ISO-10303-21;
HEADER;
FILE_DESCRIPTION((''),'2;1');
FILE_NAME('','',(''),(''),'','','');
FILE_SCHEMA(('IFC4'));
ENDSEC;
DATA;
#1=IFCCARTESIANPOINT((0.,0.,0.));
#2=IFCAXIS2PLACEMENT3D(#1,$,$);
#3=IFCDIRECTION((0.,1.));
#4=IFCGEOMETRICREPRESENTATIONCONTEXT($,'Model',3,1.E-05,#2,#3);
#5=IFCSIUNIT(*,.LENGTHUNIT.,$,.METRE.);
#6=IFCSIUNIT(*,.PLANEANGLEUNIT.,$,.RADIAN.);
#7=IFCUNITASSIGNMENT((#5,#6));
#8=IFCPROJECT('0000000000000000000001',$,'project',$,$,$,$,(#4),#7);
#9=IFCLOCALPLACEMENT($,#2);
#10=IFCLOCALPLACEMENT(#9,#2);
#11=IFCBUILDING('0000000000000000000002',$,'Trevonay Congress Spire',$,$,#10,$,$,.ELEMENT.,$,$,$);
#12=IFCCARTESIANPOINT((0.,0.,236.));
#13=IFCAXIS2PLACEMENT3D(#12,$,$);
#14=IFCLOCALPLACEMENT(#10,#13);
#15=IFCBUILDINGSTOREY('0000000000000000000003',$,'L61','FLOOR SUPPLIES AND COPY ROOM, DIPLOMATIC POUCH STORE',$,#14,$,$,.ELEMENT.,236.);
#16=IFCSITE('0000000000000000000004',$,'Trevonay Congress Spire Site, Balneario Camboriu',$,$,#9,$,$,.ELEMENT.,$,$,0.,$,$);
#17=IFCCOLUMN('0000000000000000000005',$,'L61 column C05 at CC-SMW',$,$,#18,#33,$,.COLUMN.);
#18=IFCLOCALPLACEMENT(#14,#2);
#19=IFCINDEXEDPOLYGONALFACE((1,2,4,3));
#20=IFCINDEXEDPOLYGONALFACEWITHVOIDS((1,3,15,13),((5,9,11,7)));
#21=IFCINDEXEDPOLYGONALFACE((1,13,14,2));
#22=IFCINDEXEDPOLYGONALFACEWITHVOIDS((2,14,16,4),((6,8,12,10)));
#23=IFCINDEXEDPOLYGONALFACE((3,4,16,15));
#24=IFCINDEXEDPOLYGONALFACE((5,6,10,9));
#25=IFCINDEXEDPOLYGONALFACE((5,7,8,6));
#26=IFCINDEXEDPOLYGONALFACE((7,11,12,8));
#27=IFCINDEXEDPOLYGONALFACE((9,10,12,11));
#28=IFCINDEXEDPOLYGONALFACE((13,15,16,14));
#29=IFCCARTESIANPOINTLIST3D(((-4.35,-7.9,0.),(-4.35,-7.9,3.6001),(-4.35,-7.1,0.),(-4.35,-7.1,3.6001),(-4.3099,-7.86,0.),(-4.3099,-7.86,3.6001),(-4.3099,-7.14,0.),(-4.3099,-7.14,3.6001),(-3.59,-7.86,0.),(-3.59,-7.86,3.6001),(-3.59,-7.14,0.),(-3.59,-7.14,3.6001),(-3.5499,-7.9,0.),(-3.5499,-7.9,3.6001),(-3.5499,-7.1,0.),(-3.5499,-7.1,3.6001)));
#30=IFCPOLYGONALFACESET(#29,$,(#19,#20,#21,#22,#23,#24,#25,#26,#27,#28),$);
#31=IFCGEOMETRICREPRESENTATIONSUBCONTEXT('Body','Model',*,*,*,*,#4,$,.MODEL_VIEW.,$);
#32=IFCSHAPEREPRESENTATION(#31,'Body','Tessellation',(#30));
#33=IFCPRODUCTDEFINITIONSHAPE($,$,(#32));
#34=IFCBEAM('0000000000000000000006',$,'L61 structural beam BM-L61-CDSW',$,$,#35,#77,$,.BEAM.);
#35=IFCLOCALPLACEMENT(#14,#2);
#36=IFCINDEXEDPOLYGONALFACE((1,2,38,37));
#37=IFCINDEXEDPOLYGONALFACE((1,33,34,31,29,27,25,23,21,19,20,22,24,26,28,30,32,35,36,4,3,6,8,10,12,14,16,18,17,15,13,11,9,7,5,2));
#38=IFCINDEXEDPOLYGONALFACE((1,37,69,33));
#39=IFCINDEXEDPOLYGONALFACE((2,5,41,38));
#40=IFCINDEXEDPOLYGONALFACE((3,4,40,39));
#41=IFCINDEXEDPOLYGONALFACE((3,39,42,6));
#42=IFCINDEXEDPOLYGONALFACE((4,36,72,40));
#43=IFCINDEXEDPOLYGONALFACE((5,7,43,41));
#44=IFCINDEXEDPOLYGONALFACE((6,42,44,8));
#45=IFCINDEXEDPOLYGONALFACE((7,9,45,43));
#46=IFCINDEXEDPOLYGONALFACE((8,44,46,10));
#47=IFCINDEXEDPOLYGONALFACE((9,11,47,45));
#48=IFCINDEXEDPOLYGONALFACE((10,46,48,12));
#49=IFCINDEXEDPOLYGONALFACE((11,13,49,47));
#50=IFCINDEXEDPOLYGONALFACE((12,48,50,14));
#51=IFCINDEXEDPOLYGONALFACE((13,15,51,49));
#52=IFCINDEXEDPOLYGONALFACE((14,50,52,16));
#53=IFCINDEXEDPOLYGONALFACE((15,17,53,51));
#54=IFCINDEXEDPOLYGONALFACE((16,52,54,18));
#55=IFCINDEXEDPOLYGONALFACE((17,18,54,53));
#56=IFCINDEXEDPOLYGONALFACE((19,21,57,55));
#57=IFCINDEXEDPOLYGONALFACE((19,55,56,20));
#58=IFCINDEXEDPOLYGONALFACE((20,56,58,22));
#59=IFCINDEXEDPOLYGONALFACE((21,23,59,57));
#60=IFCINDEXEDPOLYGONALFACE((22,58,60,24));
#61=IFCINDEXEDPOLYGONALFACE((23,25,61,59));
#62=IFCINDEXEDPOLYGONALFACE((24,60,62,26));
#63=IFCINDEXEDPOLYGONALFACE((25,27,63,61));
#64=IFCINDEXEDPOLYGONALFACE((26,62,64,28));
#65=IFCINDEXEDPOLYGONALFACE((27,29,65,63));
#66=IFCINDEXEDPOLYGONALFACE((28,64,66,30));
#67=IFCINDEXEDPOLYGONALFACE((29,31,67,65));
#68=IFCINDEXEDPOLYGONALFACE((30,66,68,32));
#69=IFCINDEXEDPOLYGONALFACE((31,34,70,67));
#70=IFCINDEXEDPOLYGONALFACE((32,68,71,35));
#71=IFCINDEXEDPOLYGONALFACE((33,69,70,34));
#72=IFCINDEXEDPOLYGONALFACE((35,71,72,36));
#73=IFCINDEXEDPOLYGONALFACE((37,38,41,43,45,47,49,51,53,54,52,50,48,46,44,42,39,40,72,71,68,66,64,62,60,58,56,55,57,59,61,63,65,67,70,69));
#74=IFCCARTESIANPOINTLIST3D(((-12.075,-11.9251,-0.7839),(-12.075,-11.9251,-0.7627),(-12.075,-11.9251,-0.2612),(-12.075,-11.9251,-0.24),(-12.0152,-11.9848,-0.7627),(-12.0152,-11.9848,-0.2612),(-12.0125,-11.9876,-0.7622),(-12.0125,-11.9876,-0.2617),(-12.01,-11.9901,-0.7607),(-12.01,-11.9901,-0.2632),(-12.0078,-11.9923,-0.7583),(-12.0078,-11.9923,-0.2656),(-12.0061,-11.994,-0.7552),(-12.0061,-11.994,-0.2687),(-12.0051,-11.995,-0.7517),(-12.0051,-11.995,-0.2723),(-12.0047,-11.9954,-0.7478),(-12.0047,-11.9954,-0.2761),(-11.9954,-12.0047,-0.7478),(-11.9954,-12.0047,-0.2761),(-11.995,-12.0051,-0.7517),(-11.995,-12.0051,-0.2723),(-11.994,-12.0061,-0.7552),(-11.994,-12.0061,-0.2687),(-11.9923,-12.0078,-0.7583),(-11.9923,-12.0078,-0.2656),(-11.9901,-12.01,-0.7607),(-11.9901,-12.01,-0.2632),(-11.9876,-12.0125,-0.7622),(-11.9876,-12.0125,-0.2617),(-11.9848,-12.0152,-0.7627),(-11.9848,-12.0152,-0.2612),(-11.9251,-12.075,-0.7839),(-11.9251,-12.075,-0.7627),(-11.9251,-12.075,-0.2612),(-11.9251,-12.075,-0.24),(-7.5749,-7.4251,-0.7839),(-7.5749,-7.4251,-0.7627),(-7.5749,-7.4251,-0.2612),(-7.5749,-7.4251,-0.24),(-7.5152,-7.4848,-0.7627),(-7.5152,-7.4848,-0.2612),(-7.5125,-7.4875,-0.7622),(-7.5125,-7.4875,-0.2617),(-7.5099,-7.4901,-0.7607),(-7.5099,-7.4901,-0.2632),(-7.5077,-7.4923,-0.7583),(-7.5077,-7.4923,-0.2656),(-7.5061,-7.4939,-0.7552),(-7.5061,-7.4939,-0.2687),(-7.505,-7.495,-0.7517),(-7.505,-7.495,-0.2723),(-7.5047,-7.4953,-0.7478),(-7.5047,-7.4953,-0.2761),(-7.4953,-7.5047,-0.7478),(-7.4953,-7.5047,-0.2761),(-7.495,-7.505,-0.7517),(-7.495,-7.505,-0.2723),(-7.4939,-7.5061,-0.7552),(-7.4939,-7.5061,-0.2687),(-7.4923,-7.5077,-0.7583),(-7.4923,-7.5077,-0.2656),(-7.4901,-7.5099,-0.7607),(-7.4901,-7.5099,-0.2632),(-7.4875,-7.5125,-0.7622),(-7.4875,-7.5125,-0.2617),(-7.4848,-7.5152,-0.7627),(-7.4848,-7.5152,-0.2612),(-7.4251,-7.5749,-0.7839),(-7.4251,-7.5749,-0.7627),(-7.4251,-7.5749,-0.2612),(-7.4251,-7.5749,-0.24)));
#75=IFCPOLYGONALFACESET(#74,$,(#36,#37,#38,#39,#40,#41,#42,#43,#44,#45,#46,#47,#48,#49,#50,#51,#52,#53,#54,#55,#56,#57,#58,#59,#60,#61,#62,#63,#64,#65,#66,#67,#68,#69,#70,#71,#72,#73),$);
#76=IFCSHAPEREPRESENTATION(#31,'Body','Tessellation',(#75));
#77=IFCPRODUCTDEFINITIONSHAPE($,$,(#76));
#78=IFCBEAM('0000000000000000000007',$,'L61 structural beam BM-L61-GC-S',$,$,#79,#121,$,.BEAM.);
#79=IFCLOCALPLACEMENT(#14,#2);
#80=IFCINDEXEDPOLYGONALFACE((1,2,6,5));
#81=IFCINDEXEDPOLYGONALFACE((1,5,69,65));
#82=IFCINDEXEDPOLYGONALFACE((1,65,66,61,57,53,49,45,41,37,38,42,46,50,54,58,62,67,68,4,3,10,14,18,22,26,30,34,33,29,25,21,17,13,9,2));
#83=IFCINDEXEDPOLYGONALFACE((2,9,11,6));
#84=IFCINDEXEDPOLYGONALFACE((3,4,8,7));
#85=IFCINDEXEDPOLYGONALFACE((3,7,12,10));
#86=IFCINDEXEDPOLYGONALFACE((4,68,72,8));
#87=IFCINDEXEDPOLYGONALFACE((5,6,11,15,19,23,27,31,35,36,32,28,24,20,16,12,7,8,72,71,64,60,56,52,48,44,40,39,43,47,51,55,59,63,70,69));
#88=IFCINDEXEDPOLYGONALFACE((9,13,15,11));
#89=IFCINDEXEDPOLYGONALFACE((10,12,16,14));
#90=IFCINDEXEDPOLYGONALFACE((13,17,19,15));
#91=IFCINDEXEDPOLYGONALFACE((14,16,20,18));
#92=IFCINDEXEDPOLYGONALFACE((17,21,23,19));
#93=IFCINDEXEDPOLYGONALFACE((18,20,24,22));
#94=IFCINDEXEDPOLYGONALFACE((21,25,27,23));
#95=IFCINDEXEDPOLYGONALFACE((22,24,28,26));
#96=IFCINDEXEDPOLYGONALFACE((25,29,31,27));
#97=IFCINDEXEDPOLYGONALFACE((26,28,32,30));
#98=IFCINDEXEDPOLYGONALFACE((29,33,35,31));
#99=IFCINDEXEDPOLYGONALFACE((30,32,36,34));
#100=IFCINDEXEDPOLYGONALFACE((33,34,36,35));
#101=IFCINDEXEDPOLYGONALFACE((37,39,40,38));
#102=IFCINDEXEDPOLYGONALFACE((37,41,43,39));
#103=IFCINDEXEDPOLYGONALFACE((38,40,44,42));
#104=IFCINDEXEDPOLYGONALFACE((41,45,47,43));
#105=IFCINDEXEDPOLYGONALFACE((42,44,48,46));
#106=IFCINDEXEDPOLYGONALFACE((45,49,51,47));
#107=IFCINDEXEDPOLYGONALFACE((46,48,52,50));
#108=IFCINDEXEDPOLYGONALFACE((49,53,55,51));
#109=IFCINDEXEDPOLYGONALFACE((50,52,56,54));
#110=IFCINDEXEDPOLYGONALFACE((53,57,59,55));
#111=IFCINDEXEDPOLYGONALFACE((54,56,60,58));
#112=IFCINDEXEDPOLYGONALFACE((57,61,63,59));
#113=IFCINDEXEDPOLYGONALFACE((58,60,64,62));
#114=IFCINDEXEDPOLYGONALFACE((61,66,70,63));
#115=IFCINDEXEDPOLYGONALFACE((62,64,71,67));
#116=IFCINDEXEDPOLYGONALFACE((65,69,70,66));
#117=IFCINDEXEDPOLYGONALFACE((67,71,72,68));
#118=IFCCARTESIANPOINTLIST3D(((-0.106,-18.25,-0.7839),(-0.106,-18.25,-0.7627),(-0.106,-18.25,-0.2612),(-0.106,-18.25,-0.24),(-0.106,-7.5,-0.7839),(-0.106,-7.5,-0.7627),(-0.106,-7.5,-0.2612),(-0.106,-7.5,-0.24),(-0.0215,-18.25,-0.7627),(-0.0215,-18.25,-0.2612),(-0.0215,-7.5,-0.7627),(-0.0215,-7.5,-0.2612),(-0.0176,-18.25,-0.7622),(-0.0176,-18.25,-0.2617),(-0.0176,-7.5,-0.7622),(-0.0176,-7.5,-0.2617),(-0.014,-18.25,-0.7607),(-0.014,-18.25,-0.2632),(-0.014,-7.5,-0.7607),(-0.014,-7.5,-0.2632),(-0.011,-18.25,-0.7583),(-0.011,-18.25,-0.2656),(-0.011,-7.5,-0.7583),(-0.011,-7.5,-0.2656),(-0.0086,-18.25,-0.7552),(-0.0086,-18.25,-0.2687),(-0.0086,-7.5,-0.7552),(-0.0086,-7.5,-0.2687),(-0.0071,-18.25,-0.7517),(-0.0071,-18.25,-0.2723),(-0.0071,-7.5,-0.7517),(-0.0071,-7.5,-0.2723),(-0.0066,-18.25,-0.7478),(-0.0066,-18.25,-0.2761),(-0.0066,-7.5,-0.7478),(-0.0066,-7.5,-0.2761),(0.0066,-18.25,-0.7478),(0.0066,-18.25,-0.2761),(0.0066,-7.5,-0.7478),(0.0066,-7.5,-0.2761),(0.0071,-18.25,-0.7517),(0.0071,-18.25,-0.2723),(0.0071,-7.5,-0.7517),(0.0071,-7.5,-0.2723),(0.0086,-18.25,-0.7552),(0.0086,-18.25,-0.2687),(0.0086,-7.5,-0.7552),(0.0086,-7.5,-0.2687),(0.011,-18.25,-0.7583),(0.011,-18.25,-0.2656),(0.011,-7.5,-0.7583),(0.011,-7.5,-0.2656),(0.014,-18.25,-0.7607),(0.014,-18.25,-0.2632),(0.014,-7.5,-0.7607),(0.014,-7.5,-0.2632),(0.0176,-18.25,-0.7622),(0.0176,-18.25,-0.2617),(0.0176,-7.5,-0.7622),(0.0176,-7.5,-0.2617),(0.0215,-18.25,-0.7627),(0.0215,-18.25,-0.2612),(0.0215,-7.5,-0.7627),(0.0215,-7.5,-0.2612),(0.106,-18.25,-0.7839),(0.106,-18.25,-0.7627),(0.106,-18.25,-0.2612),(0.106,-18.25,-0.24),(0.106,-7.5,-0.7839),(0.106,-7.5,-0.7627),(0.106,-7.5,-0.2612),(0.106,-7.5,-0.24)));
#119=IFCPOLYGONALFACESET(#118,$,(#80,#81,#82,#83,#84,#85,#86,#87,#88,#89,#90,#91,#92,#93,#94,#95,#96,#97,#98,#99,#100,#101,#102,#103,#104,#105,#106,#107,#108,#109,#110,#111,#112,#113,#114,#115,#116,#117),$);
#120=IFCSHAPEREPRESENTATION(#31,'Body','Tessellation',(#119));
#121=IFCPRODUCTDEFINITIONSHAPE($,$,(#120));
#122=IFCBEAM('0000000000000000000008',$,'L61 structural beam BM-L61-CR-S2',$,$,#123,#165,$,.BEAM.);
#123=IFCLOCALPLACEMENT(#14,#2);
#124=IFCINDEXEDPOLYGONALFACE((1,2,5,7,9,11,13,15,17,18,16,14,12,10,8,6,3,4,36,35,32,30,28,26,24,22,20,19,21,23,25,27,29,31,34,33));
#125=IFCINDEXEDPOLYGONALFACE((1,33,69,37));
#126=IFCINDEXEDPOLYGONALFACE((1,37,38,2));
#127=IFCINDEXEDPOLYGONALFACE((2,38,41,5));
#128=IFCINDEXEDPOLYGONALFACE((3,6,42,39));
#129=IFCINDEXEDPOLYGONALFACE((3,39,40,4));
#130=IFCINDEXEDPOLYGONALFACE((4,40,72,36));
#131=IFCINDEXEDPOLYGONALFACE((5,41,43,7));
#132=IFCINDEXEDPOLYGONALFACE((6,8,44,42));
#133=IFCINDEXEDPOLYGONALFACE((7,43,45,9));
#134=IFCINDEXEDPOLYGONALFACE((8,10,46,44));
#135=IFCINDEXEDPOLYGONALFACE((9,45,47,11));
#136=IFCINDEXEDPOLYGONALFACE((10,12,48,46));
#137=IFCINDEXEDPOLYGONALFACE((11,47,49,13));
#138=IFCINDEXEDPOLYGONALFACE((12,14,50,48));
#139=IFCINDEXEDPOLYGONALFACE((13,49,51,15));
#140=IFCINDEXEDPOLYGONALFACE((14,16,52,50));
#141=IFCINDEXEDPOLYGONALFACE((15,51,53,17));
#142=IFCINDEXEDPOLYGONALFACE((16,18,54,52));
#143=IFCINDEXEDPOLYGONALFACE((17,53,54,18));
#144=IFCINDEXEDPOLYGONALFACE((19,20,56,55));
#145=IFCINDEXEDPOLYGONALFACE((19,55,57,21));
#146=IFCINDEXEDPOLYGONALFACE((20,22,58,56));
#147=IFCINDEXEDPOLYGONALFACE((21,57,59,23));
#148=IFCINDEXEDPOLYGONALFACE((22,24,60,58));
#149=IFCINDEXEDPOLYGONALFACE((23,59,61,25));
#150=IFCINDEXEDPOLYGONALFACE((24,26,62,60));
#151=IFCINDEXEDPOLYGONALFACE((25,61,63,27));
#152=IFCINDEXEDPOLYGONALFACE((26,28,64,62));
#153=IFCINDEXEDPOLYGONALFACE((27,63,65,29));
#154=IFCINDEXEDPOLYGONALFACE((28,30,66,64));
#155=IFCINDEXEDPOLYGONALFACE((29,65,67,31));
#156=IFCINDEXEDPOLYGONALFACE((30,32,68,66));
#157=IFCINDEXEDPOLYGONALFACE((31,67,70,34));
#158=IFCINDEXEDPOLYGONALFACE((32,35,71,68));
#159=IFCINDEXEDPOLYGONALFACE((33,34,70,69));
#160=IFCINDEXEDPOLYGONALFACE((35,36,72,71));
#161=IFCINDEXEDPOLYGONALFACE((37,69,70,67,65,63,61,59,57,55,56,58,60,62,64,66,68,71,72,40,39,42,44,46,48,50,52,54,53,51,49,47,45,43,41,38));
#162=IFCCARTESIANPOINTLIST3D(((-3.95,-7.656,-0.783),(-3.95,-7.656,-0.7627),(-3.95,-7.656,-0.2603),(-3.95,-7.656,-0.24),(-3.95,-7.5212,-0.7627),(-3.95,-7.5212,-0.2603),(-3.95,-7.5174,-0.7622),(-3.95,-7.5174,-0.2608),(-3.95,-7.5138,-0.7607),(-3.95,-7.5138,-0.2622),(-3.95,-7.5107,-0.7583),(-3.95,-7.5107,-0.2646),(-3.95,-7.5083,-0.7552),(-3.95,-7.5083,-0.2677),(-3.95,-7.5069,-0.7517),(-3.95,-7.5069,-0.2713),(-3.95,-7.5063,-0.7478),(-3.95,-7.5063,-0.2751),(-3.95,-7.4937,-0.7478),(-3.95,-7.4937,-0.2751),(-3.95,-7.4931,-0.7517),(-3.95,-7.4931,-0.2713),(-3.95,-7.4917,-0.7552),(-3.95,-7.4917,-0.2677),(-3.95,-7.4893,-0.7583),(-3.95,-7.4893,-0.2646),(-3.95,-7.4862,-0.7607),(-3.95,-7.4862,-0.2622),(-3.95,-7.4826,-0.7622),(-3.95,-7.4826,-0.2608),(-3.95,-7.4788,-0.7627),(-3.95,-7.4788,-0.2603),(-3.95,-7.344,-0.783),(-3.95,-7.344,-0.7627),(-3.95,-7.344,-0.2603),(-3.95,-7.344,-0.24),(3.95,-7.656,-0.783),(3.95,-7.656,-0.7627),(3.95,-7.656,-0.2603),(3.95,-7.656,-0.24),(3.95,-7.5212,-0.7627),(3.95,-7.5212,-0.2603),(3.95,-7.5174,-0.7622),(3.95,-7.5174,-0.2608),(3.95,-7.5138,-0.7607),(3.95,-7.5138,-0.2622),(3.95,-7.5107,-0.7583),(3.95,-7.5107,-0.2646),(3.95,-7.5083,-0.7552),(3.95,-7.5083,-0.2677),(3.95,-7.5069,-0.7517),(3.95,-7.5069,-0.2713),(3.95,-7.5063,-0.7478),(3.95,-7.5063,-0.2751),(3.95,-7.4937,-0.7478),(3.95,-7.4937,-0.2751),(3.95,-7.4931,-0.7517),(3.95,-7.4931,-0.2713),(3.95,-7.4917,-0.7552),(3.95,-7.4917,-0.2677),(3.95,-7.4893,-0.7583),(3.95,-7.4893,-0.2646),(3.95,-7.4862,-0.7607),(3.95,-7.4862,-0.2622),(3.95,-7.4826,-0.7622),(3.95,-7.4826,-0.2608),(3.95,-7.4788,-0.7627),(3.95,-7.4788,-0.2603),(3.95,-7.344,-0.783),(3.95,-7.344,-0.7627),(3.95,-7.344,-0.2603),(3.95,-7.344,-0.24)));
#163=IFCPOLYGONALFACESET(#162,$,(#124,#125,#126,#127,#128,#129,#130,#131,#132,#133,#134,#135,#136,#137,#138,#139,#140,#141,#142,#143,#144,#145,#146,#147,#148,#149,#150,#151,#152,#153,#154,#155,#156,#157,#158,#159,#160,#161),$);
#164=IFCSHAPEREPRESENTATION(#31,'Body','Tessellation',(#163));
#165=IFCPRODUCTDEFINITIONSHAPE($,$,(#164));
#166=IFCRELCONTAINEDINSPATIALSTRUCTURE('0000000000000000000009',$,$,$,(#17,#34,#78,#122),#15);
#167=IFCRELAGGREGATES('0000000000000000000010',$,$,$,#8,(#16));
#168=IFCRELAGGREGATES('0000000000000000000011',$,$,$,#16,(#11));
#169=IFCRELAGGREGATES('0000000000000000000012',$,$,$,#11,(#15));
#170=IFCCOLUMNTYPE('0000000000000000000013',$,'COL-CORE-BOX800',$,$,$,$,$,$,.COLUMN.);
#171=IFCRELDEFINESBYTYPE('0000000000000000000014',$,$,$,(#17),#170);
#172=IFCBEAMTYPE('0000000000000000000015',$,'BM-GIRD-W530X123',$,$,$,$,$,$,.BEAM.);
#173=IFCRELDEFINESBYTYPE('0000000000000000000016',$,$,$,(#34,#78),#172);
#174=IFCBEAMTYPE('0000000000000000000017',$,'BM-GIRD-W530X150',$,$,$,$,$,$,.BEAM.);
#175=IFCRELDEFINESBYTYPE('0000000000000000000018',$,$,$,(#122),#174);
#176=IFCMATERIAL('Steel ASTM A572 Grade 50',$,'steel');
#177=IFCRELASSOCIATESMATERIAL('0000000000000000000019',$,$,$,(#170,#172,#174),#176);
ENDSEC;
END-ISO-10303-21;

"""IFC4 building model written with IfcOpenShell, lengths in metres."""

from ifc_helpers import new_model, si_unit, direction, frame, origin, origin_2d, place, context, subcontext, project, spatial, hollow_rectangle, i_section, extrude, material, material_profile, profile_set, type_object, element, save


model = new_model("IFC4")

# Units and contexts
model_context = context("Model", 3, precision=1e-05, world=origin(), true_north=direction((0.0, 1.0)))
body_context = subcontext(model_context, "Body", "Model", "MODEL_VIEW")
ifc_project = project(units=[si_unit("LENGTHUNIT", "METRE"), si_unit("PLANEANGLEUNIT", "RADIAN")], contexts=[model_context])

# Site, building, storey
site_placement = place(None, origin())
site = spatial("IfcSite", under=ifc_project, at=site_placement, Name="Trevonay Congress Spire Site, Balneario Camboriu", CompositionType="ELEMENT", RefElevation=0.0)
building_placement = place(site_placement, origin())
building = spatial("IfcBuilding", under=site, at=building_placement, Name="Trevonay Congress Spire", CompositionType="ELEMENT")
storey_placement = place(building_placement, frame((0.0, 0.0, 236.0)))
storey = spatial("IfcBuildingStorey", under=building, at=storey_placement, Name="L61", Description="FLOOR SUPPLIES AND COPY ROOM, DIPLOMATIC POUCH STORE", CompositionType="ELEMENT", Elevation=236.0)

# Column
ifc_material_1 = material(Name="Steel ASTM A572 Grade 50", Category="steel")
ifc_material_profile_1 = material_profile(ifc_material_1, hollow_rectangle(XDim=0.8, YDim=0.8, WallThickness=0.04, at=origin_2d()), Name="BOX 800x800x40")
ifc_profile_set_1 = profile_set([ifc_material_profile_1], Name="Steel ASTM A572 Grade 50")
column_type = type_object("IfcColumnType", Name="COL-CORE-BOX800", PredefinedType="COLUMN", material=ifc_profile_set_1)
column_placement = place(storey_placement, frame((-3.95, -7.5, 0.0), z_axis=(0.0, 0.0, 1.0), x_axis=(1.0, 0.0, 0.0)))
element("IfcColumn", 1, at=column_placement, inside=storey, type_object=column_type, Name="L61 column C05 at CC-SMW", PredefinedType="COLUMN", context=body_context, shape_type="SweptSolid", body=[
    extrude(hollow_rectangle(XDim=0.8, YDim=0.8, WallThickness=0.04, at=origin_2d()), origin(), (0.0, 0.0, 1.0), 3.6001),
])

# Beams
ifc_material_profile_2 = material_profile(ifc_material_1, i_section(OverallWidth=0.2119, OverallDepth=0.5439, WebThickness=0.0132, FlangeThickness=0.0212, FilletRadius=0.0149, at=origin_2d()), Name="W530x123")
ifc_profile_set_2 = profile_set([ifc_material_profile_2], Name="Steel ASTM A572 Grade 50")
beam_type_1 = type_object("IfcBeamType", Name="BM-GIRD-W530X123", PredefinedType="BEAM", material=ifc_profile_set_2)
beam_1_placement = place(storey_placement, frame((-7.5, -7.5, -0.512), z_axis=(-0.707107, -0.707107, 0.0), x_axis=(0.707107, -0.707107, 0.0)))
element("IfcBeam", 2, at=beam_1_placement, inside=storey, type_object=beam_type_1, Name="L61 structural beam BM-L61-CDSW", PredefinedType="BEAM", context=body_context, shape_type="SweptSolid", body=[
    extrude(i_section(OverallWidth=0.2119, OverallDepth=0.5439, WebThickness=0.0132, FlangeThickness=0.0212, FilletRadius=0.0149, at=origin_2d()), origin(), (0.0, 0.0, 1.0), 6.364),
])
beam_2_placement = place(storey_placement, frame((0.0, -7.5, -0.512), z_axis=(0.0, -1.0, 0.0), x_axis=(1.0, 0.0, 0.0)))
element("IfcBeam", 3, at=beam_2_placement, inside=storey, type_object=beam_type_1, Name="L61 structural beam BM-L61-GC-S", PredefinedType="BEAM", context=body_context, shape_type="SweptSolid", body=[
    extrude(i_section(OverallWidth=0.2119, OverallDepth=0.5439, WebThickness=0.0132, FlangeThickness=0.0212, FilletRadius=0.0149, at=origin_2d()), origin(), (0.0, 0.0, 1.0), 10.75),
])
ifc_material_profile_3 = material_profile(ifc_material_1, i_section(OverallWidth=0.312, OverallDepth=0.543, WebThickness=0.0127, FlangeThickness=0.0203, FilletRadius=0.0149, at=origin_2d()), Name="W530x150")
ifc_profile_set_3 = profile_set([ifc_material_profile_3], Name="Steel ASTM A572 Grade 50")
beam_type_2 = type_object("IfcBeamType", Name="BM-GIRD-W530X150", PredefinedType="BEAM", material=ifc_profile_set_3)
beam_3_placement = place(storey_placement, frame((-3.95, -7.5, -0.5115), z_axis=(1.0, 0.0, 0.0), x_axis=(0.0, 1.0, 0.0)))
element("IfcBeam", 4, at=beam_3_placement, inside=storey, type_object=beam_type_2, Name="L61 structural beam BM-L61-CR-S2", PredefinedType="BEAM", context=body_context, shape_type="SweptSolid", body=[
    extrude(i_section(OverallWidth=0.312, OverallDepth=0.543, WebThickness=0.0127, FlangeThickness=0.0203, FilletRadius=0.0149, at=origin_2d()), origin(), (0.0, 0.0, 1.0), 7.8999),
])

save(model, "model.ifc")
